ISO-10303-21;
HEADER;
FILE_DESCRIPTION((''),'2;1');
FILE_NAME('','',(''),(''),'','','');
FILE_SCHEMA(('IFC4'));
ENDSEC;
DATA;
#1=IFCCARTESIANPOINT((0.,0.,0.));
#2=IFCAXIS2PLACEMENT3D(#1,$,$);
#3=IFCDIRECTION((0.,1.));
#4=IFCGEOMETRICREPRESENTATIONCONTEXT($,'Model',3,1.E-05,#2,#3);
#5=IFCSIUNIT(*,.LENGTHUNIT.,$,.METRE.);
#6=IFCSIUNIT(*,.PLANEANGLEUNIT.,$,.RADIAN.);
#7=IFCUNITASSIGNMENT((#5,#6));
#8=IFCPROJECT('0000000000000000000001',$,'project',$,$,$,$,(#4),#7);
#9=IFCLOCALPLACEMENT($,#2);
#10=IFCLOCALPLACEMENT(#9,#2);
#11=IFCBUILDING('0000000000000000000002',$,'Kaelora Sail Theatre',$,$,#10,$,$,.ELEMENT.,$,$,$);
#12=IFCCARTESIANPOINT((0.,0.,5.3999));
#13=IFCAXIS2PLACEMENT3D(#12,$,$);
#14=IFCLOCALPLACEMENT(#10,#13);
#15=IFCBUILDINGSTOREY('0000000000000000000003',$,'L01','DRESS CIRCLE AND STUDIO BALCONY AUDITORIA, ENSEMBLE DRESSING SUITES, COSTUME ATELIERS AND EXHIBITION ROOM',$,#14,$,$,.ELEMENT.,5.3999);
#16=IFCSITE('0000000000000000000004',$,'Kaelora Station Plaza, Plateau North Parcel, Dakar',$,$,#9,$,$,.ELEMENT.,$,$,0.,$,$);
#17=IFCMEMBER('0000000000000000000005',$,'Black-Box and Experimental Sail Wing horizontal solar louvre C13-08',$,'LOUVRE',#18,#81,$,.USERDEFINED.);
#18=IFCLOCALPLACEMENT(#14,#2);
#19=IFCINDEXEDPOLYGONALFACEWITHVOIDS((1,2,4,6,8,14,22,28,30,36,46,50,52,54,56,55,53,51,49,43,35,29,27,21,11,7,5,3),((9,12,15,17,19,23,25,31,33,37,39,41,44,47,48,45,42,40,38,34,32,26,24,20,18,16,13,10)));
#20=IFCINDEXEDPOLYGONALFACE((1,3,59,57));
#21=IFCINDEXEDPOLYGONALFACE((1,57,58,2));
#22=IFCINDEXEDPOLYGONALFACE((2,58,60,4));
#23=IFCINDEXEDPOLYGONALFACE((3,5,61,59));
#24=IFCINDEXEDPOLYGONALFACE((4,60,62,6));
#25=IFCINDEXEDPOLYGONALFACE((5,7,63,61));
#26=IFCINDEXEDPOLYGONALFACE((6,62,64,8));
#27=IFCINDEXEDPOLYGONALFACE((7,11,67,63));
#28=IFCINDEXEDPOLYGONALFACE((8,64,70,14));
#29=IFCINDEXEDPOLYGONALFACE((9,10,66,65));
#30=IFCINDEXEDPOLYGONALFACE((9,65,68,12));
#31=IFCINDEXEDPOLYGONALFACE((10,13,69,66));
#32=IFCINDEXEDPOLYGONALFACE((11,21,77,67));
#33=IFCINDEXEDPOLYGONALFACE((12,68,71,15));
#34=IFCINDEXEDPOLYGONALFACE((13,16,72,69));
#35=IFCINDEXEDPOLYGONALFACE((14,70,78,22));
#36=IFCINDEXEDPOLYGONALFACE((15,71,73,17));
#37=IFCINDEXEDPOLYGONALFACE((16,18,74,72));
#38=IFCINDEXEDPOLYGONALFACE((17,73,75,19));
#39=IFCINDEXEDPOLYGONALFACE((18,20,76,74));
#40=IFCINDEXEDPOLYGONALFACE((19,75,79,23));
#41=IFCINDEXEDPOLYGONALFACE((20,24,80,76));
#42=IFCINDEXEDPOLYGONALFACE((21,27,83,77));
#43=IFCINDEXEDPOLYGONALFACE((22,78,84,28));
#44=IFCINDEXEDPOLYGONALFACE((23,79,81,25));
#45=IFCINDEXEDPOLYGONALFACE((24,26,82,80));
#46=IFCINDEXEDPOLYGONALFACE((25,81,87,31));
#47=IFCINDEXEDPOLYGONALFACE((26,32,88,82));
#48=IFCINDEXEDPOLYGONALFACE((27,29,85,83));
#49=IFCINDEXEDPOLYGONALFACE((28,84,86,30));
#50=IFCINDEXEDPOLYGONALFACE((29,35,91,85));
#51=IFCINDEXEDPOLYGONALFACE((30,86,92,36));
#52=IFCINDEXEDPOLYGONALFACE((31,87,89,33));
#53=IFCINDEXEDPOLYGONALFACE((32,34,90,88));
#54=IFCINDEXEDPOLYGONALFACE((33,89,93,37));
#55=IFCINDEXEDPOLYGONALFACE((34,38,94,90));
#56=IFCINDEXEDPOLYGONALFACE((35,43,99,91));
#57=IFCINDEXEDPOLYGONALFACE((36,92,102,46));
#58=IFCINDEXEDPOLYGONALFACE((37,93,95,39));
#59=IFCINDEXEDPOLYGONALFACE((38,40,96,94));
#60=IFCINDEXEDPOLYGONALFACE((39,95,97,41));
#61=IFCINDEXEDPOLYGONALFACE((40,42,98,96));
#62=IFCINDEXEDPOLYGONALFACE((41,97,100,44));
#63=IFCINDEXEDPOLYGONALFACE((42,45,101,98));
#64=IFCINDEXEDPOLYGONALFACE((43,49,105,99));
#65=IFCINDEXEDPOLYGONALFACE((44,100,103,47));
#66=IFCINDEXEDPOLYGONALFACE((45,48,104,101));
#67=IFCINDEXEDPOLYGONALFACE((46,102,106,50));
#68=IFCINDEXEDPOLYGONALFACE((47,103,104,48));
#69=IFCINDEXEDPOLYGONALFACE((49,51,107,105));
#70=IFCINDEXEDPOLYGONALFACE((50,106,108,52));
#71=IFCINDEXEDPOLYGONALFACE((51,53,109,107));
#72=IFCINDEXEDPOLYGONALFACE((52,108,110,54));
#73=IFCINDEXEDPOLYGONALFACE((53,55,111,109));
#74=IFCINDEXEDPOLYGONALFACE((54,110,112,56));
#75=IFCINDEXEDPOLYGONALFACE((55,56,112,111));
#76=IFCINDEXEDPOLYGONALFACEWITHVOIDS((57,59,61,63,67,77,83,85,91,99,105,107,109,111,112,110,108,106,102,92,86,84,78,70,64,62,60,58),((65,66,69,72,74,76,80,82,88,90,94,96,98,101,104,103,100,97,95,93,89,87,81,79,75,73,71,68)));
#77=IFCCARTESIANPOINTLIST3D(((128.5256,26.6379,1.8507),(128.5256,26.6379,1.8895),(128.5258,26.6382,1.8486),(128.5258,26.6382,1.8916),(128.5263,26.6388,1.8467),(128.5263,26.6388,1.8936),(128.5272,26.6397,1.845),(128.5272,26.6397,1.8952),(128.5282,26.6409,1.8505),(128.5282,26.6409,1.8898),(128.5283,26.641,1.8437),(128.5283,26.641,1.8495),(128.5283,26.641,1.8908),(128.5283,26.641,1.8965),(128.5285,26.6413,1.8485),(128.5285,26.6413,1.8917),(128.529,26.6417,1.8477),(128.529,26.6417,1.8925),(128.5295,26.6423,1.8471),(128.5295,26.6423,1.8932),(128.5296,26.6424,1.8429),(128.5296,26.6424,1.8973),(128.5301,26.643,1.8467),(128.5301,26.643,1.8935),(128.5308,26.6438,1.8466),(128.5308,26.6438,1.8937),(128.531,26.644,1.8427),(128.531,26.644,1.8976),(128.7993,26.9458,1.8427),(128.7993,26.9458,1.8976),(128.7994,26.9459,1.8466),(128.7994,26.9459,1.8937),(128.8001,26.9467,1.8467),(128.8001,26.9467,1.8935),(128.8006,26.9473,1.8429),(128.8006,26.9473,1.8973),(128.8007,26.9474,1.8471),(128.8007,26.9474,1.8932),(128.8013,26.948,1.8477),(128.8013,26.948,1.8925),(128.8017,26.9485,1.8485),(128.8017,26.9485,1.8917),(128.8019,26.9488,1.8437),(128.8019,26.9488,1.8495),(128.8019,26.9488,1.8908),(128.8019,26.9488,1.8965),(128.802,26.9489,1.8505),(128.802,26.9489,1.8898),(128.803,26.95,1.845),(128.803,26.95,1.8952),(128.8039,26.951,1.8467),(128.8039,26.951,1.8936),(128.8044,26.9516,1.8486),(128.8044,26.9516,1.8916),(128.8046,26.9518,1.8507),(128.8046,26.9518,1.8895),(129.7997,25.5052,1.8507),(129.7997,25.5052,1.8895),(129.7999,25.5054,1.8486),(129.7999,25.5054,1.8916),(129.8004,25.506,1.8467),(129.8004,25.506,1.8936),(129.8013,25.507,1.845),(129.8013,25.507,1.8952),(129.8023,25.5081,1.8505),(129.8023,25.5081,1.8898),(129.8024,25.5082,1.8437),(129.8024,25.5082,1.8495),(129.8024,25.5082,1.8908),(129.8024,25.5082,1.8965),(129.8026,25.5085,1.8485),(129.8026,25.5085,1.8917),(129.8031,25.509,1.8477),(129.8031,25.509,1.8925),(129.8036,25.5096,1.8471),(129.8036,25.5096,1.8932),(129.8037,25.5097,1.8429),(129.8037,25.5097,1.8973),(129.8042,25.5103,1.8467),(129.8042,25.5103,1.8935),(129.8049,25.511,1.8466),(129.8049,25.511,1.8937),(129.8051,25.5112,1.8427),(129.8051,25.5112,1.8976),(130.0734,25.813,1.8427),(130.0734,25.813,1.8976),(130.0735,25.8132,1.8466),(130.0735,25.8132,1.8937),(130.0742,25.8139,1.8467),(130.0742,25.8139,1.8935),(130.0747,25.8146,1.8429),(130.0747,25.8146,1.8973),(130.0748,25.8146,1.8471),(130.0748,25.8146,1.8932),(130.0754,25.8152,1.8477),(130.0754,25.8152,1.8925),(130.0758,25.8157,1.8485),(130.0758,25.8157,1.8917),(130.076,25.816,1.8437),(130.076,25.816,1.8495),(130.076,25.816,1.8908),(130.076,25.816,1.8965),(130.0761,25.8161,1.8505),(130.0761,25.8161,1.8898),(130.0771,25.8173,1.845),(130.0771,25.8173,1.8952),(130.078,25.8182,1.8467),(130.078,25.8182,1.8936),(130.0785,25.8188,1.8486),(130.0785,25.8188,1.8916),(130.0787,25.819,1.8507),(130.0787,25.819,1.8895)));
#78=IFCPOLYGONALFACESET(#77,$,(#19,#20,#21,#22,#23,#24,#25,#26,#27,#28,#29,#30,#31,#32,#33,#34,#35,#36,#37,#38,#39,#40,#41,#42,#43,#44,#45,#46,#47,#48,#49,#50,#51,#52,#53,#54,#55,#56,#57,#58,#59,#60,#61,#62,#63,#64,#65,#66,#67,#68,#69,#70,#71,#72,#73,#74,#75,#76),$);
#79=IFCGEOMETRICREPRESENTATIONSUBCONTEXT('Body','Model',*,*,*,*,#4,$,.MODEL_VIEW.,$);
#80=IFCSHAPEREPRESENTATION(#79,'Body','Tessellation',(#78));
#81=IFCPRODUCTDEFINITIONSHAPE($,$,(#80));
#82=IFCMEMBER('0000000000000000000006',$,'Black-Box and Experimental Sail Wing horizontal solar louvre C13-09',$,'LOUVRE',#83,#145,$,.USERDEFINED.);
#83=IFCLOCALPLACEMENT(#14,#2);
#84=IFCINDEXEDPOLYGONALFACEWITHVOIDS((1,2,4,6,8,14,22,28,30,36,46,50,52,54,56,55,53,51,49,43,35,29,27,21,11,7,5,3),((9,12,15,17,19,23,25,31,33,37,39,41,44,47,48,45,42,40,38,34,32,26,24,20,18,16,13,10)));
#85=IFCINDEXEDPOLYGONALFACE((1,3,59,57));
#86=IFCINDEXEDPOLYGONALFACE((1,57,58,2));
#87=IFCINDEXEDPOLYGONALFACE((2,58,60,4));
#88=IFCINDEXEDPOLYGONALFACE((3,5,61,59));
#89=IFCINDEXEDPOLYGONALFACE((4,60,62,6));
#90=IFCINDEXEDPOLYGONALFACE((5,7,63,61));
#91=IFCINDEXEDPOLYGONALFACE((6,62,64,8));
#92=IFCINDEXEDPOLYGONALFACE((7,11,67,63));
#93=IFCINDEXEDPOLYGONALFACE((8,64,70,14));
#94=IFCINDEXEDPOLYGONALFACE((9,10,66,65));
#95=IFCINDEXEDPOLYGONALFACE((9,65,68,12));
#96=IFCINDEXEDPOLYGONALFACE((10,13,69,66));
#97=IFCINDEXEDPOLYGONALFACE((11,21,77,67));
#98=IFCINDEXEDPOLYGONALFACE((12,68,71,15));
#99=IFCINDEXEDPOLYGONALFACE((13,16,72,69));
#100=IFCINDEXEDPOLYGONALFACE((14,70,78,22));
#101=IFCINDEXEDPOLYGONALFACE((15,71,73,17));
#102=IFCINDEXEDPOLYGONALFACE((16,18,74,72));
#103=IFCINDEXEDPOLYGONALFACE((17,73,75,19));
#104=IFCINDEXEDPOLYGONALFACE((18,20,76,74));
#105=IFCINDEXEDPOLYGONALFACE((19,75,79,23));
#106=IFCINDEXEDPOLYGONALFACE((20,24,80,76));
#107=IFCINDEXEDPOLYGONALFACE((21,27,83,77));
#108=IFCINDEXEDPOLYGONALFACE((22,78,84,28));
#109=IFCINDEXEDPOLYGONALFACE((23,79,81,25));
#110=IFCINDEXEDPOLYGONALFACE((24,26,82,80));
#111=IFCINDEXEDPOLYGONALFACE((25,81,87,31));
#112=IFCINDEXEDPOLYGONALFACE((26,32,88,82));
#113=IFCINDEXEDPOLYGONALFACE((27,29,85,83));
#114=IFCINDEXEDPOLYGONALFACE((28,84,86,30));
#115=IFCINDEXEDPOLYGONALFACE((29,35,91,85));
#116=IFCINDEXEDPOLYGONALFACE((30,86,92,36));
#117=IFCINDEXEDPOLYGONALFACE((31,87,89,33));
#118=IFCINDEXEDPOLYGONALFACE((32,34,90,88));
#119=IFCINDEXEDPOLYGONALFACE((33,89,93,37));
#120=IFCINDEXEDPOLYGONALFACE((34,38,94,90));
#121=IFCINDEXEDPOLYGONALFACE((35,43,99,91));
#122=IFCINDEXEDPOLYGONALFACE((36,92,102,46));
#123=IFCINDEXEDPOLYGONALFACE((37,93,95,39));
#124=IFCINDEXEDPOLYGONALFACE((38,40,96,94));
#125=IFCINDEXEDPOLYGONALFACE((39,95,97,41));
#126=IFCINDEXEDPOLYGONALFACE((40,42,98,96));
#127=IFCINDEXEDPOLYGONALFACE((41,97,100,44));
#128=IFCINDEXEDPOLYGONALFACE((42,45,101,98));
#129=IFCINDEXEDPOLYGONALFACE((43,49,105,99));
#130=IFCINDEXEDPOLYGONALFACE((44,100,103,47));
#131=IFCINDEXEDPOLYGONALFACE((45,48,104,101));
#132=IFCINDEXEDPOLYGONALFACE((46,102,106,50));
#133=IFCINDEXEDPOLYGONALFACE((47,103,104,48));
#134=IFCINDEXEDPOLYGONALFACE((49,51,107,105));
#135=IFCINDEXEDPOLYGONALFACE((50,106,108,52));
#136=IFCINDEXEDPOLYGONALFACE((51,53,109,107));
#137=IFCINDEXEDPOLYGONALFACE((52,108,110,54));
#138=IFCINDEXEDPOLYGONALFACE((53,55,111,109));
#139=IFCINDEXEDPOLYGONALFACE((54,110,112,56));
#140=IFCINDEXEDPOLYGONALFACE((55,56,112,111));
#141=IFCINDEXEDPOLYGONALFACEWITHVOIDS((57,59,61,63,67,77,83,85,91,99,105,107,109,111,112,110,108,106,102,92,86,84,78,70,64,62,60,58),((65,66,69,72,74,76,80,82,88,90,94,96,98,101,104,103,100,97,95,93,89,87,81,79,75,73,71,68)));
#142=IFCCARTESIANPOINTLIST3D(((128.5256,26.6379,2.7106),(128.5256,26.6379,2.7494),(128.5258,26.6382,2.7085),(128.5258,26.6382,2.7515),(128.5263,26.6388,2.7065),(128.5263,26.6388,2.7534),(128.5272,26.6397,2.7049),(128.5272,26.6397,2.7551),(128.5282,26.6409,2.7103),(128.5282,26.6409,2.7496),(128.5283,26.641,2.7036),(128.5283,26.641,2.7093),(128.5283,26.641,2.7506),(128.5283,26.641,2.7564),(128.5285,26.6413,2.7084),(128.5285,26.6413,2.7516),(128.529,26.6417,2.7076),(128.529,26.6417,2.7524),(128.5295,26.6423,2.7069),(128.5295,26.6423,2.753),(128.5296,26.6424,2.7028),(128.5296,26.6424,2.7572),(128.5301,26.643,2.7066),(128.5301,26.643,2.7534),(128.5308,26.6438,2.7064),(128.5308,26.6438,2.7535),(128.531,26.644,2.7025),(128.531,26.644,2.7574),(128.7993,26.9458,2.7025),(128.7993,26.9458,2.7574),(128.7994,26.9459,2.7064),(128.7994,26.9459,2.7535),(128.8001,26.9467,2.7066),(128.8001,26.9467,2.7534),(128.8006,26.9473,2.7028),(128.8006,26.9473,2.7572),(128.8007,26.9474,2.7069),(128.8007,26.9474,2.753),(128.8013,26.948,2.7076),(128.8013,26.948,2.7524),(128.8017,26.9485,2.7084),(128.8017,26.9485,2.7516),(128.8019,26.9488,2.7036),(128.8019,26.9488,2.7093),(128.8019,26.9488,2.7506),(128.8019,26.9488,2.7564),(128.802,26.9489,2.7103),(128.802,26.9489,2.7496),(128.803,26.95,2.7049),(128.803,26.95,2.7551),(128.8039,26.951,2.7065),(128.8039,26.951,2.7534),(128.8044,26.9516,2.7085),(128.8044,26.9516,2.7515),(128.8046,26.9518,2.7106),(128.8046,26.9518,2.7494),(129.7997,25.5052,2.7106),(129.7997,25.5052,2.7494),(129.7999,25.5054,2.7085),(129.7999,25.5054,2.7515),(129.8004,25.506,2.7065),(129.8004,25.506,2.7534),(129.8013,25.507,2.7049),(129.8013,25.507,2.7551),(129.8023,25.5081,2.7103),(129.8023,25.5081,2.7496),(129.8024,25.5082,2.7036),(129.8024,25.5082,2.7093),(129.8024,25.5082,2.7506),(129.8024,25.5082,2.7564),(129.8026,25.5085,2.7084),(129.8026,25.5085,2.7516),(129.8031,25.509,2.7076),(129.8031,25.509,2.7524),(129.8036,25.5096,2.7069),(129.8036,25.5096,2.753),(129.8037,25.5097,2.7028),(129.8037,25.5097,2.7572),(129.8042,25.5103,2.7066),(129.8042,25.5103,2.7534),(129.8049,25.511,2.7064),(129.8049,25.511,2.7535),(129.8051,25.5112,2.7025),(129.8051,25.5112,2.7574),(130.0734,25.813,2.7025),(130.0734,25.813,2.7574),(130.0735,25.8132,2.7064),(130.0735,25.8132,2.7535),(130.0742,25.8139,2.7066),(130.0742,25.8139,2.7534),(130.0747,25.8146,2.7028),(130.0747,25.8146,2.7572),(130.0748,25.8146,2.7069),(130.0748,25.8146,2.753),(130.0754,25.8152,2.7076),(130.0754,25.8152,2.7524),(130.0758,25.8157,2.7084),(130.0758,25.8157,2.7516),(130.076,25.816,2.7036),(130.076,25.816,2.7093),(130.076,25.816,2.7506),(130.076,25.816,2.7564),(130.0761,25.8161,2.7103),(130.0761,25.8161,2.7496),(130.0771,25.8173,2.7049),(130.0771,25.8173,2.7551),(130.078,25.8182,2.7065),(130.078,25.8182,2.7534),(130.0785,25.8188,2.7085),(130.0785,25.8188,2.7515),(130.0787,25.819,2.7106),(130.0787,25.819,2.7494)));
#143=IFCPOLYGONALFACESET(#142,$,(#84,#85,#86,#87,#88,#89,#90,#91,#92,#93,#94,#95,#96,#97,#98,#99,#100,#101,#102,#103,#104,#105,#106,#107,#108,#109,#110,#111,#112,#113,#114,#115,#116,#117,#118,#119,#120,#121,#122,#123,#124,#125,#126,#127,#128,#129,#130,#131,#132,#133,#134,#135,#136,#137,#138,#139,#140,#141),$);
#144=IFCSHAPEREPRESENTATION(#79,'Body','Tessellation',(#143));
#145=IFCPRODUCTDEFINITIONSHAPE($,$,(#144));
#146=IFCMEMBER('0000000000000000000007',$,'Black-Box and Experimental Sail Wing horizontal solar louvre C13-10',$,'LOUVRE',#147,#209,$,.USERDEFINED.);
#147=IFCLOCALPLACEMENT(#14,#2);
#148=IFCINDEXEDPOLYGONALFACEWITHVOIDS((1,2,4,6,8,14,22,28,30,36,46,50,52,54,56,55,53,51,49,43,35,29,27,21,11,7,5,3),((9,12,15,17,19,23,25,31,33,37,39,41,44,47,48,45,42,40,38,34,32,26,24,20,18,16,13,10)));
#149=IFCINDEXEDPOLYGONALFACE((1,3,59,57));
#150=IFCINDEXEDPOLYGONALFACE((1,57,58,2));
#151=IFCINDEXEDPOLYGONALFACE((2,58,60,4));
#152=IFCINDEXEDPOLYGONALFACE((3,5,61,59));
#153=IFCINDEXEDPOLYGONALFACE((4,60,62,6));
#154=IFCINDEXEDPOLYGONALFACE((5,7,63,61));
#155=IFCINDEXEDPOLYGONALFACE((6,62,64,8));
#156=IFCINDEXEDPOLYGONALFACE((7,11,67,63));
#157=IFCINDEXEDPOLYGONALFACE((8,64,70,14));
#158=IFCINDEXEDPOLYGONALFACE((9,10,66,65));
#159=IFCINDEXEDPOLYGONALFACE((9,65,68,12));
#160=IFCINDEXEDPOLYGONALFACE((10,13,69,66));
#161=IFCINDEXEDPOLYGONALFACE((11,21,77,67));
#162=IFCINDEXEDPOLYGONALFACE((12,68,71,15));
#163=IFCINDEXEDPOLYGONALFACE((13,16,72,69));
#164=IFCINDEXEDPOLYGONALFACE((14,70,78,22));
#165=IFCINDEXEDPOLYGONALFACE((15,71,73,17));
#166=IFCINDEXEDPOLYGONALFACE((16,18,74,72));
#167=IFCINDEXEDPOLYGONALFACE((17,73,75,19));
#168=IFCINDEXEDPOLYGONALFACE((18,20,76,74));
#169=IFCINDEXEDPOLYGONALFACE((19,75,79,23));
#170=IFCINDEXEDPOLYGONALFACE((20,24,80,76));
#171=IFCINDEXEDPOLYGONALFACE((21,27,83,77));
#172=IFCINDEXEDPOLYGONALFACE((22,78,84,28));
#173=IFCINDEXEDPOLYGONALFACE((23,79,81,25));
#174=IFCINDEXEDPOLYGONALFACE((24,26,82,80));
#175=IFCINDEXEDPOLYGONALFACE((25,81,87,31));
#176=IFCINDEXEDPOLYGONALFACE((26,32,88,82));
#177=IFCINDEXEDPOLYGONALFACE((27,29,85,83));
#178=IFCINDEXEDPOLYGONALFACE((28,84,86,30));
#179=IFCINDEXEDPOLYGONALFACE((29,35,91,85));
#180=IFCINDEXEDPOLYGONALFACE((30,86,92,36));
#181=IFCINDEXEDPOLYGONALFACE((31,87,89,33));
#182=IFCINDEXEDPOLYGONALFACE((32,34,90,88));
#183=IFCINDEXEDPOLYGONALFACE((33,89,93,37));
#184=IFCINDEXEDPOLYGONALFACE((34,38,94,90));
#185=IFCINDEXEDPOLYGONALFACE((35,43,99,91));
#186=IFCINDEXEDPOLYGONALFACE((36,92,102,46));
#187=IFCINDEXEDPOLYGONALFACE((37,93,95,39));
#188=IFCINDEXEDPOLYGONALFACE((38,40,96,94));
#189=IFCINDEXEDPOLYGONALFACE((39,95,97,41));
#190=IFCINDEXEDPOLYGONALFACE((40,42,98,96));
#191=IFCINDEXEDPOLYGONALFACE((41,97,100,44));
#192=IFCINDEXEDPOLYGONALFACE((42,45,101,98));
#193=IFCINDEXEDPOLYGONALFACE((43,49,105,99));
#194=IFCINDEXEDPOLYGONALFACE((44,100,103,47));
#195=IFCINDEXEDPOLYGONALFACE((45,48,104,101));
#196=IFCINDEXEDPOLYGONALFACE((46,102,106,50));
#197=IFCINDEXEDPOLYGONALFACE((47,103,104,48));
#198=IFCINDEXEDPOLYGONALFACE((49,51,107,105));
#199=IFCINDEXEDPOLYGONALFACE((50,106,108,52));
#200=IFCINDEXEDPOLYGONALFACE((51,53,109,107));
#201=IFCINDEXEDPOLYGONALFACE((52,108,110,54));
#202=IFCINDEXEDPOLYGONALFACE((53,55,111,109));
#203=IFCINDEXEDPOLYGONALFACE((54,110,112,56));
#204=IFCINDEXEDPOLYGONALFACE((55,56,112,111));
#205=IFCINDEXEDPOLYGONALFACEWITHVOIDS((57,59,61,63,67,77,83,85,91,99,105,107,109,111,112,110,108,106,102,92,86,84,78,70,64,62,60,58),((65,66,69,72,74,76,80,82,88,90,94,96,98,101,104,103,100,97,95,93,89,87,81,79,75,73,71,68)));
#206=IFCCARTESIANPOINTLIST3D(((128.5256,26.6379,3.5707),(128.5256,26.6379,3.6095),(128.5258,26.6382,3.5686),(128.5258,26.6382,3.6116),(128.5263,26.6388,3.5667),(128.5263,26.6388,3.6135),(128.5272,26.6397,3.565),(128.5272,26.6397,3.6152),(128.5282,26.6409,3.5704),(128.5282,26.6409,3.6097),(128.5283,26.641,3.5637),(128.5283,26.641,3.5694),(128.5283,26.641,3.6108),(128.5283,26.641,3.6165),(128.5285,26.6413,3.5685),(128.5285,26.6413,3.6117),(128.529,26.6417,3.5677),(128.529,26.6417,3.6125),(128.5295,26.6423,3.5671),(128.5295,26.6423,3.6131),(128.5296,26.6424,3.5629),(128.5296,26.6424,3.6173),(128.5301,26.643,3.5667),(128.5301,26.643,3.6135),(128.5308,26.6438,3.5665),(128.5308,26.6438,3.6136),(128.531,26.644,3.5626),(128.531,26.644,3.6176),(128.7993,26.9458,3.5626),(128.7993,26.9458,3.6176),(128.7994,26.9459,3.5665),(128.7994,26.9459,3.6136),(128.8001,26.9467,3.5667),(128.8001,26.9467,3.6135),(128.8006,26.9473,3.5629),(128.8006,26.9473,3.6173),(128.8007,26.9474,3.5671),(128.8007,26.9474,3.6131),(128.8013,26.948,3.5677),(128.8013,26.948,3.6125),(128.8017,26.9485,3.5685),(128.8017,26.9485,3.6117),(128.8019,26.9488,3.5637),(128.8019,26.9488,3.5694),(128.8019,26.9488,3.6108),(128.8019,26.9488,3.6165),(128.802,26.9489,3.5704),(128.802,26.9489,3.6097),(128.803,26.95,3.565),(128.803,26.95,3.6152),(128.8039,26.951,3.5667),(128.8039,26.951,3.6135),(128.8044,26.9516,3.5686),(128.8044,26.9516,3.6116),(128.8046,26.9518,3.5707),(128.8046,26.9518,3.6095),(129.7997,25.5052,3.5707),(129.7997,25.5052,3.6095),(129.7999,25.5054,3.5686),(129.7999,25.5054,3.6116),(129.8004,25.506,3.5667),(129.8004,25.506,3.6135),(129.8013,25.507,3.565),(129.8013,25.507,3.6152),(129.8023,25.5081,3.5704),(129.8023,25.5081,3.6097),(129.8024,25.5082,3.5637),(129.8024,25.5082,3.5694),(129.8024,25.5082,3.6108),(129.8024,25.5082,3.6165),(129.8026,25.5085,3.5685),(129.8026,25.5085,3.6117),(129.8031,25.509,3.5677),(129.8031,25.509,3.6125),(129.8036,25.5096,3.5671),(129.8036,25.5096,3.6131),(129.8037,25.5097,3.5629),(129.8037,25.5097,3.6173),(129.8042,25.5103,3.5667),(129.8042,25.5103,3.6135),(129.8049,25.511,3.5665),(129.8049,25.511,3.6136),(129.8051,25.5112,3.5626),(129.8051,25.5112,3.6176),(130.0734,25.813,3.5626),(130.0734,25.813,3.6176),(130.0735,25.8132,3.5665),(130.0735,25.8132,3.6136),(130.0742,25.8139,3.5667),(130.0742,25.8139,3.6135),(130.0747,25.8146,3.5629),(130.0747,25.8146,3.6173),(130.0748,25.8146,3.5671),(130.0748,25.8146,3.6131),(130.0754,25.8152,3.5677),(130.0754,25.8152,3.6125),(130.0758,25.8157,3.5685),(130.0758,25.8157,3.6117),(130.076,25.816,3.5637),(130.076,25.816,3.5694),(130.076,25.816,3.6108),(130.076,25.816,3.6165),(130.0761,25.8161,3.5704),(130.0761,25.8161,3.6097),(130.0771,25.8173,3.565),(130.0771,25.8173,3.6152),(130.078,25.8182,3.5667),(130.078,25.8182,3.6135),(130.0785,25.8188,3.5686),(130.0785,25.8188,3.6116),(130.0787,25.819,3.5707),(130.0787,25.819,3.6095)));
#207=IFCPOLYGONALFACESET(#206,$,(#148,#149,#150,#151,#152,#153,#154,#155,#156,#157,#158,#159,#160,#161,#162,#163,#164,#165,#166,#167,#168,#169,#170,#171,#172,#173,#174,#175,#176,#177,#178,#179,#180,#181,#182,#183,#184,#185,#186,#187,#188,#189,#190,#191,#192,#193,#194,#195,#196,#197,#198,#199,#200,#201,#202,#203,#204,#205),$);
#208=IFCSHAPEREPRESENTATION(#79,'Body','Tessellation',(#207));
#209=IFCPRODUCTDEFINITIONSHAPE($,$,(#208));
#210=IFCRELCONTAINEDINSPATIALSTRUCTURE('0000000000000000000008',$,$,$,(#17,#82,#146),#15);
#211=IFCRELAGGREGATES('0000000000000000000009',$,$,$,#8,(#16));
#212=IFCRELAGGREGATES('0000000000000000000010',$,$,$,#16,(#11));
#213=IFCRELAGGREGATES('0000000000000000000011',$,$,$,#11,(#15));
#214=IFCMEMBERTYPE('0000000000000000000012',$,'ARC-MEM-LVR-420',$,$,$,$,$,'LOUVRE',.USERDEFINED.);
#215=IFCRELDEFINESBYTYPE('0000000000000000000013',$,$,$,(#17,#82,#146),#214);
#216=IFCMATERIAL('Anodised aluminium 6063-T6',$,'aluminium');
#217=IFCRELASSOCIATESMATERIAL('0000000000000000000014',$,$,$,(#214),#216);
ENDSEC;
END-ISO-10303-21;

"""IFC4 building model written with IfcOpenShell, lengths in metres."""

from ifc_helpers import new_model, si_unit, direction, frame, origin, origin_2d, place, context, subcontext, project, spatial, hollow_rectangle, extrude, material, material_profile, profile_set, type_object, element, save


model = new_model("IFC4")

# Units and contexts
model_context = context("Model", 3, precision=1e-05, world=origin(), true_north=direction((0.0, 1.0)))
body_context = subcontext(model_context, "Body", "Model", "MODEL_VIEW")
ifc_project = project(units=[si_unit("LENGTHUNIT", "METRE"), si_unit("PLANEANGLEUNIT", "RADIAN")], contexts=[model_context])

# Site, building, storey
site_placement = place(None, origin())
site = spatial("IfcSite", under=ifc_project, at=site_placement, Name="Kaelora Station Plaza, Plateau North Parcel, Dakar", CompositionType="ELEMENT", RefElevation=0.0)
building_placement = place(site_placement, origin())
building = spatial("IfcBuilding", under=site, at=building_placement, Name="Kaelora Sail Theatre", CompositionType="ELEMENT")
storey_placement = place(building_placement, frame((0.0, 0.0, 5.3999)))
storey = spatial("IfcBuildingStorey", under=building, at=storey_placement, Name="L01", Description="DRESS CIRCLE AND STUDIO BALCONY AUDITORIA, ENSEMBLE DRESSING SUITES, COSTUME ATELIERS AND EXHIBITION ROOM", CompositionType="ELEMENT", Elevation=5.3999)

# Members
ifc_material_1 = material(Name="Anodised aluminium 6063-T6", Category="aluminium")
ifc_material_profile_1 = material_profile(ifc_material_1, hollow_rectangle(XDim=0.4199, YDim=0.0549, WallThickness=0.0039, InnerFilletRadius=0.0039, OuterFilletRadius=0.0081, at=origin_2d()), Name="LOUVRE 420x55x4")
ifc_profile_set_1 = profile_set([ifc_material_profile_1], Name="Anodised aluminium 6063-T6")
member_type = type_object("IfcMemberType", Name="ARC-MEM-LVR-420", ElementType="LOUVRE", PredefinedType="USERDEFINED", material=ifc_profile_set_1)
for number, where, z_axis, x_axis, name in (
    (1, (129.9392, 25.6621, 1.8701), (-0.747346, 0.664435, 0.0), (-0.664435, -0.747346, 0.0), "Black-Box and Experimental Sail Wing horizontal solar louvre C13-08"),
    (2, (129.9392, 25.6621, 2.73), (-0.747346, 0.664435, 0.0), (-0.664435, -0.747346, 0.0), "Black-Box and Experimental Sail Wing horizontal solar louvre C13-09"),
    (3, (129.9392, 25.6621, 3.5901), (-0.747346, 0.664435, 0.0), (-0.664435, -0.747346, 0.0), "Black-Box and Experimental Sail Wing horizontal solar louvre C13-10"),
):
    element("IfcMember", number, at=place(storey_placement, frame(where, z_axis=z_axis, x_axis=x_axis)), inside=storey, type_object=member_type, Name=name, ObjectType="LOUVRE", PredefinedType="USERDEFINED", context=body_context, shape_type="SweptSolid", body=[
        extrude(hollow_rectangle(XDim=0.4199, YDim=0.0549, WallThickness=0.0039, InnerFilletRadius=0.0039, OuterFilletRadius=0.0081, at=origin_2d()), origin(), (0.0, 0.0, 1.0), 1.7048),
    ])

save(model, "model.ifc")
